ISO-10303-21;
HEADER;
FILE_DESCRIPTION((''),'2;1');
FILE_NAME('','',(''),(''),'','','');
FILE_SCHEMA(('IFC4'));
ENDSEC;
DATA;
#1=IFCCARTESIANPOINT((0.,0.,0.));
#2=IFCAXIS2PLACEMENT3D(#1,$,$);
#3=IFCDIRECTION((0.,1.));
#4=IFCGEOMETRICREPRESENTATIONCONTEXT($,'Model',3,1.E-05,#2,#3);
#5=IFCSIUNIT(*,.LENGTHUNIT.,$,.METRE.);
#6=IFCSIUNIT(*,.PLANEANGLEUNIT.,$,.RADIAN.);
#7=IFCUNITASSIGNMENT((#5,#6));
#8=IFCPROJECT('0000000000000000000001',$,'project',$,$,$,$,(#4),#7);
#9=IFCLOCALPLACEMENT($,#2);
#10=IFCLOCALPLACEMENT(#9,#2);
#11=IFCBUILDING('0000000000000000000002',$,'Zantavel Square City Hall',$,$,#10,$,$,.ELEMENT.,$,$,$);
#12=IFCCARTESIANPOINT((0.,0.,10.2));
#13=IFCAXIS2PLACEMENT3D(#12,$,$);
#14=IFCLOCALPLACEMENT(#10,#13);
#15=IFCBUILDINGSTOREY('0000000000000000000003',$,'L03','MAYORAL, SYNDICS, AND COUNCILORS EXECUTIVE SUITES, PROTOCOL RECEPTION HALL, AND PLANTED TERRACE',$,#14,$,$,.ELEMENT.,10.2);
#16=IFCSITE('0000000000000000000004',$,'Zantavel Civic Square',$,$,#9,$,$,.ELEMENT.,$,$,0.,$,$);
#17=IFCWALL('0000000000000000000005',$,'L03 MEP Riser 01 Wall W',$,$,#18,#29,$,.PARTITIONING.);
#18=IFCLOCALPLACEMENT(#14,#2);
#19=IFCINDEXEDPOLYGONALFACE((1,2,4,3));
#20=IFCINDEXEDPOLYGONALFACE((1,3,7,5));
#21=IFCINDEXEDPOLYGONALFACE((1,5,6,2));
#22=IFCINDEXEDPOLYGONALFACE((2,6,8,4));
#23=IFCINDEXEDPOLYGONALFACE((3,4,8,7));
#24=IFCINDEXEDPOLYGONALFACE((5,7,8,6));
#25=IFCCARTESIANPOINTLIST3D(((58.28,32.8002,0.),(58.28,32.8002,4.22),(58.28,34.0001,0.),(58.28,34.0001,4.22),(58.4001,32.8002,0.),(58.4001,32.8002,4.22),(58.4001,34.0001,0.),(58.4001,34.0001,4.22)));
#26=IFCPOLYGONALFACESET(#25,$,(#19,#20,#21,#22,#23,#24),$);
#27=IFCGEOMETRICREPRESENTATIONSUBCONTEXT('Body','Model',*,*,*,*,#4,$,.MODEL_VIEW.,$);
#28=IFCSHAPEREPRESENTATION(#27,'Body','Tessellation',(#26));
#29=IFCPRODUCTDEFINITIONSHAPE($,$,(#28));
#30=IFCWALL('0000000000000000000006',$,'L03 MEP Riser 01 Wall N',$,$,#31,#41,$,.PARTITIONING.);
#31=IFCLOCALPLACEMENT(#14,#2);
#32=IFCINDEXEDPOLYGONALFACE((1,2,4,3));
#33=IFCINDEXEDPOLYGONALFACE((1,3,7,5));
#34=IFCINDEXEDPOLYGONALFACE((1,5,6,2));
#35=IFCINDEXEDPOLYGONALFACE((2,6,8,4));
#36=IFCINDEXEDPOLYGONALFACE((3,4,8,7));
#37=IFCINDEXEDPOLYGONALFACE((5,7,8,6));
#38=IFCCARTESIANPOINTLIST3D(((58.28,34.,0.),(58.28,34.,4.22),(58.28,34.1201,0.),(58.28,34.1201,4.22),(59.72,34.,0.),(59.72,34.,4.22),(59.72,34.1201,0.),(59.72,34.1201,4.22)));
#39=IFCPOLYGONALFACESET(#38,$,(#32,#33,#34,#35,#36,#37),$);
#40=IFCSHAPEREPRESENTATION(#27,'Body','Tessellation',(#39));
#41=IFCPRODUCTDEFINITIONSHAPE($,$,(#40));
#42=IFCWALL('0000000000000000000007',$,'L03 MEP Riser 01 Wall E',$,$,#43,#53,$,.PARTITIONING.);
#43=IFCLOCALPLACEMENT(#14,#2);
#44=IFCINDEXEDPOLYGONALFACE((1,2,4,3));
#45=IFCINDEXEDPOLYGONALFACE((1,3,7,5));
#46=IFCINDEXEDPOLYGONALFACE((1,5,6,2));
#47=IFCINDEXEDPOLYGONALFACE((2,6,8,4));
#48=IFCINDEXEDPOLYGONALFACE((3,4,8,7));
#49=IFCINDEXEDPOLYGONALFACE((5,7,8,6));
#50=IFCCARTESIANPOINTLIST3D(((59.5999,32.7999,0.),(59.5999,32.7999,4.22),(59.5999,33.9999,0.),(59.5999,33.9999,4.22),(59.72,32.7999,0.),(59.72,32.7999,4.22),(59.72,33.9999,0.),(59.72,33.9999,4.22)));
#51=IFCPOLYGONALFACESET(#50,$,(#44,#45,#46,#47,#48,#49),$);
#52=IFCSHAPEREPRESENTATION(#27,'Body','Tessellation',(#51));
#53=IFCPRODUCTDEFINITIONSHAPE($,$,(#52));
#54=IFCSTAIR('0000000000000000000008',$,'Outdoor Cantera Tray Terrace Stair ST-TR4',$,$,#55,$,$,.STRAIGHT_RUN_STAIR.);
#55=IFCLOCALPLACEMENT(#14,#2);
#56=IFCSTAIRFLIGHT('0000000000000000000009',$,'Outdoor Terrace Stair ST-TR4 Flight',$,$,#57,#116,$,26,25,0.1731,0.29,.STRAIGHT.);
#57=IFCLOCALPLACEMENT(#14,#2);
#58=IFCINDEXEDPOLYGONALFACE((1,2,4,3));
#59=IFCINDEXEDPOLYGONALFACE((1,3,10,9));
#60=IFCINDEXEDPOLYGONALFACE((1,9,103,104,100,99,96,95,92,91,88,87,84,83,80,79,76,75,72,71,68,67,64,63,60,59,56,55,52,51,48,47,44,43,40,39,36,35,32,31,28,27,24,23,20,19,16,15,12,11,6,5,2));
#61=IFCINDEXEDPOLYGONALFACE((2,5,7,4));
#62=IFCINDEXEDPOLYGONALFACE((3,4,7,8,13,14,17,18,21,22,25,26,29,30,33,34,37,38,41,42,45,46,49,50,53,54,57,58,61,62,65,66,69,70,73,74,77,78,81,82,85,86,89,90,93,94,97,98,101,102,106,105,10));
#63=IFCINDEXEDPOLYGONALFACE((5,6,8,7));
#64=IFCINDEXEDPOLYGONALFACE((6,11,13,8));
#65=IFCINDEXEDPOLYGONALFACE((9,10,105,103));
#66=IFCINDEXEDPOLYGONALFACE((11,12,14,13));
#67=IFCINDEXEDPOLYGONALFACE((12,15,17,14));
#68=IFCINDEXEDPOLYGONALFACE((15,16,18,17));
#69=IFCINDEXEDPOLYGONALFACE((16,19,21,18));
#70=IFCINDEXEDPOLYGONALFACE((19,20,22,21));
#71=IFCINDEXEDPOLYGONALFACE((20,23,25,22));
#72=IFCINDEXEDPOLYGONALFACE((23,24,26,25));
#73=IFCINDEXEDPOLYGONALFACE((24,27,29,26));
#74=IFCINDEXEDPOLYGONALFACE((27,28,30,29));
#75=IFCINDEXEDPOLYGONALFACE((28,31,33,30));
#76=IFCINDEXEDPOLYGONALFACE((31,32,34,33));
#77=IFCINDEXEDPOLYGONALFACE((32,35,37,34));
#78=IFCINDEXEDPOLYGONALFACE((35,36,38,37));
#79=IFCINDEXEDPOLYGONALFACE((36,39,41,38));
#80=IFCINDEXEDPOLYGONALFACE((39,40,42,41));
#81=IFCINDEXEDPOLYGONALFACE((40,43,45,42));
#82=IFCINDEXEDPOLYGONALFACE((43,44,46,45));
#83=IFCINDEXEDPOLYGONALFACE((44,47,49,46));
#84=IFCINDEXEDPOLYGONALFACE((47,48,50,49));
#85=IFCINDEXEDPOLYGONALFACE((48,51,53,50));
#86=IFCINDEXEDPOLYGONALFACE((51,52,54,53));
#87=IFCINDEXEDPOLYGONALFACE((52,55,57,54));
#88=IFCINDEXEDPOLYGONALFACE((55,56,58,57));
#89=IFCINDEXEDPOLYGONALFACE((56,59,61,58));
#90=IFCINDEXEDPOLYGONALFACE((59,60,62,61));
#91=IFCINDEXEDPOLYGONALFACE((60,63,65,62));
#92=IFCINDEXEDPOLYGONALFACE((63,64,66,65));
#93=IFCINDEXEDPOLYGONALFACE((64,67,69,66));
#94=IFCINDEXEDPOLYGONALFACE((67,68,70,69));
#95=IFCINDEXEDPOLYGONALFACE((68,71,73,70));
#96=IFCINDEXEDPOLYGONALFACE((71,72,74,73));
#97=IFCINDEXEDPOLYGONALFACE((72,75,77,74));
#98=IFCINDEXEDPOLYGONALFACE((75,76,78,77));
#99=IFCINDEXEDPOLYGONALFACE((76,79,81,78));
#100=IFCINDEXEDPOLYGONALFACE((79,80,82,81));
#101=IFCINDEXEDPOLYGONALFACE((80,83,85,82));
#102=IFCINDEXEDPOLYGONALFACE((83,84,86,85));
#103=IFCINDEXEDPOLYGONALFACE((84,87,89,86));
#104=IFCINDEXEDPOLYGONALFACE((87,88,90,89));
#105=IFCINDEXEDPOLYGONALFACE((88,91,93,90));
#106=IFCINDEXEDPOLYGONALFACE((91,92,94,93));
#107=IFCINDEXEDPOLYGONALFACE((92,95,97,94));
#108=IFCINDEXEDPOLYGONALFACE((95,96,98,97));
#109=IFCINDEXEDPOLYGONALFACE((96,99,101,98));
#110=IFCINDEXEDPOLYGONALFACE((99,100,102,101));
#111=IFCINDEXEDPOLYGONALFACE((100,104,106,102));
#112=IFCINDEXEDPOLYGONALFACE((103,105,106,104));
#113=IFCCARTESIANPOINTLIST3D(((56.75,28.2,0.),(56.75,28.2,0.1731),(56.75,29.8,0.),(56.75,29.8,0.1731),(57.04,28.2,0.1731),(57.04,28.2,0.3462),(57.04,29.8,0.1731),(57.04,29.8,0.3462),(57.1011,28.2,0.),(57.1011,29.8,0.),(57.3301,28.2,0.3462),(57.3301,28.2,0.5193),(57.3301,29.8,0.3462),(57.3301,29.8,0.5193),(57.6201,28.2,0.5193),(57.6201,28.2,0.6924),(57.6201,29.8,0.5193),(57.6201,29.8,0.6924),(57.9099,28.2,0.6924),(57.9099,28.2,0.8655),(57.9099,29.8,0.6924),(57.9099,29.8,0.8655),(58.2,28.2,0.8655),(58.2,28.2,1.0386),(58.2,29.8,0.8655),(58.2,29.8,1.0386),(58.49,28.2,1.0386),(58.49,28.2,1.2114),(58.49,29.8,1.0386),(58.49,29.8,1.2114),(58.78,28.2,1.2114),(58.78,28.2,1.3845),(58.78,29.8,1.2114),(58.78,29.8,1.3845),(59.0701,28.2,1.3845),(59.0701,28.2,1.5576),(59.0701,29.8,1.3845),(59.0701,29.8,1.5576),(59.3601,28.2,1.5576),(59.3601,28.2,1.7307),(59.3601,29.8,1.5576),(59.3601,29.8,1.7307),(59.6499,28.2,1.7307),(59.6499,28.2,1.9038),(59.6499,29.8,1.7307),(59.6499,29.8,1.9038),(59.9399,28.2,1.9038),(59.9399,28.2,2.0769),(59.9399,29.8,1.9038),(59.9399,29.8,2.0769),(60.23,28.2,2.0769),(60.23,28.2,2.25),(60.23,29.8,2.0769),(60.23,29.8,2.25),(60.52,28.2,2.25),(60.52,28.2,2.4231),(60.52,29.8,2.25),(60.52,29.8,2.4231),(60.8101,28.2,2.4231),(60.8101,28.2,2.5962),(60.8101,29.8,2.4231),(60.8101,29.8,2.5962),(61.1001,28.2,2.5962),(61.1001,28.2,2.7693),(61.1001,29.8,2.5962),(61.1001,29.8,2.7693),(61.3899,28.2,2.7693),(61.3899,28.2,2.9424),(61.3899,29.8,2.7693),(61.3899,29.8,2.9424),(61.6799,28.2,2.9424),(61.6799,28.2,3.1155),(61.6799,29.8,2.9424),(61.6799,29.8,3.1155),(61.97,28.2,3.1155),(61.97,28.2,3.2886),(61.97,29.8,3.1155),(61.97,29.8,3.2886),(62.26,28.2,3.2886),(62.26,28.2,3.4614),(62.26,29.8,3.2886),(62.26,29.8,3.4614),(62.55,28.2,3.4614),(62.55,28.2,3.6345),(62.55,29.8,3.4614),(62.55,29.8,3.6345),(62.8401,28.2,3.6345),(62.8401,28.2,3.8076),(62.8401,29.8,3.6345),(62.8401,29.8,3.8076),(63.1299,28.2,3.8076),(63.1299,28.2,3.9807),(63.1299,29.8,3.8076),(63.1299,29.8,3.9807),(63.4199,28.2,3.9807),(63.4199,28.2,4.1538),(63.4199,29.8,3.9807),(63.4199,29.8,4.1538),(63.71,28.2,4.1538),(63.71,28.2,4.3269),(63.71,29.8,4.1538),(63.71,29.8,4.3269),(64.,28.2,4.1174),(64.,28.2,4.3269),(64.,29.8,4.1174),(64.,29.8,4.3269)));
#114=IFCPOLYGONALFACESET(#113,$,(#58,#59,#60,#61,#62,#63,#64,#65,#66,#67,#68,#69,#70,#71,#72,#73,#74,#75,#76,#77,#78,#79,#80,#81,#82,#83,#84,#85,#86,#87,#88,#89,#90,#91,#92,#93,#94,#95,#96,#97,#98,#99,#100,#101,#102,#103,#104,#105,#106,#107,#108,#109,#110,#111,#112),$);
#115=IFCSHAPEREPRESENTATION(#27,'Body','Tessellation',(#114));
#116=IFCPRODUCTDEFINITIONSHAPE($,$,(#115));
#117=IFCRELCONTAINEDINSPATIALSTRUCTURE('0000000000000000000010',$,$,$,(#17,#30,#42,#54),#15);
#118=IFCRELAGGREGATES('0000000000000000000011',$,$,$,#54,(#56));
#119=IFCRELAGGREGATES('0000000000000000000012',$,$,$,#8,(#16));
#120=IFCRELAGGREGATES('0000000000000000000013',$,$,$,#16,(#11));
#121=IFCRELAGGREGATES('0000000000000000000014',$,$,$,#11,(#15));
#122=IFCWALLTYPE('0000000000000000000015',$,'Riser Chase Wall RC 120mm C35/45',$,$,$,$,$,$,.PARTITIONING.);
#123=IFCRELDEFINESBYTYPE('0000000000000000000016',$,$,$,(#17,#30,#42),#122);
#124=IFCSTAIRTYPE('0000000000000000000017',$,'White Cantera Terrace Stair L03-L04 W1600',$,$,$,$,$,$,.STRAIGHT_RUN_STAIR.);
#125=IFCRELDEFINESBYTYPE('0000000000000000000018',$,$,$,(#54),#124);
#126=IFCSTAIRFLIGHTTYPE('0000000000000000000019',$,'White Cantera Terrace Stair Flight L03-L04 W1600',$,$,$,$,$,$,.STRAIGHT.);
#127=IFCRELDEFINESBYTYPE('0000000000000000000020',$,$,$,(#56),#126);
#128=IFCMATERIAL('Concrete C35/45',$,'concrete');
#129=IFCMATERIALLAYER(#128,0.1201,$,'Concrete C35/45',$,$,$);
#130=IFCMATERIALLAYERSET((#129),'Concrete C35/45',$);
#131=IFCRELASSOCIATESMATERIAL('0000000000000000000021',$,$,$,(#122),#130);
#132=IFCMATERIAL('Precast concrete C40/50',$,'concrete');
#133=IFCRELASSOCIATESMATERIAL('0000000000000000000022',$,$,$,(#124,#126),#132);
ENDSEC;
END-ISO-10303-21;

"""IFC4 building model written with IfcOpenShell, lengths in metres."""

from ifc_helpers import new_model, si_unit, direction, frame, frame_2d, origin, place, context, subcontext, project, spatial, polyline, rectangle, outline, extrude, material, layer, layer_set, type_object, element, aggregate, save


model = new_model("IFC4")

# Units and contexts
model_context = context("Model", 3, precision=1e-05, world=origin(), true_north=direction((0.0, 1.0)))
body_context = subcontext(model_context, "Body", "Model", "MODEL_VIEW")
ifc_project = project(units=[si_unit("LENGTHUNIT", "METRE"), si_unit("PLANEANGLEUNIT", "RADIAN")], contexts=[model_context])

# Site, building, storey
site_placement = place(None, origin())
site = spatial("IfcSite", under=ifc_project, at=site_placement, Name="Zantavel Civic Square", CompositionType="ELEMENT", RefElevation=0.0)
building_placement = place(site_placement, origin())
building = spatial("IfcBuilding", under=site, at=building_placement, Name="Zantavel Square City Hall", CompositionType="ELEMENT")
storey_placement = place(building_placement, frame((0.0, 0.0, 10.2)))
storey = spatial("IfcBuildingStorey", under=building, at=storey_placement, Name="L03", Description="MAYORAL, SYNDICS, AND COUNCILORS EXECUTIVE SUITES, PROTOCOL RECEPTION HALL, AND PLANTED TERRACE", CompositionType="ELEMENT", Elevation=10.2)

# Shared definitions
ifc_material_1 = material(Name="Concrete C35/45", Category="concrete")

# Walls
ifc_layer_1 = layer(ifc_material_1, 0.1201, Name="Concrete C35/45")
ifc_layer_set_1 = layer_set([ifc_layer_1], Name="Concrete C35/45")
wall_type_1 = type_object("IfcWallType", Name="Riser Chase Wall RC 120mm C35/45", PredefinedType="PARTITIONING", material=ifc_layer_set_1)
wall_1_placement = place(storey_placement, frame((58.3401, 32.8, 0.0), z_axis=(0.0, 0.0, 1.0), x_axis=(0.0, 1.0, 0.0)))
element("IfcWall", 1, at=wall_1_placement, inside=storey, type_object=wall_type_1, Name="L03 MEP Riser 01 Wall W", PredefinedType="PARTITIONING", context=body_context, shape_type="SweptSolid", body=[
    extrude(rectangle(XDim=1.2, YDim=0.1201, at=frame_2d((0.6001, 0.0))), origin(), (0.0, 0.0, 1.0), 4.22),
])
wall_2_placement = place(storey_placement, frame((58.28, 34.0601, 0.0), z_axis=(0.0, 0.0, 1.0), x_axis=(1.0, 0.0, 0.0)))
element("IfcWall", 2, at=wall_2_placement, inside=storey, type_object=wall_type_1, Name="L03 MEP Riser 01 Wall N", PredefinedType="PARTITIONING", context=body_context, shape_type="SweptSolid", body=[
    extrude(rectangle(XDim=1.4399, YDim=0.1201, at=frame_2d((0.72, 0.0))), origin(), (0.0, 0.0, 1.0), 4.22),
])
wall_3_placement = place(storey_placement, frame((59.6599, 34.0, 0.0), z_axis=(0.0, 0.0, 1.0), x_axis=(0.0, -1.0, 0.0)))
element("IfcWall", 3, at=wall_3_placement, inside=storey, type_object=wall_type_1, Name="L03 MEP Riser 01 Wall E", PredefinedType="PARTITIONING", context=body_context, shape_type="SweptSolid", body=[
    extrude(rectangle(XDim=1.2, YDim=0.1201, at=frame_2d((0.6001, 0.0))), origin(), (0.0, 0.0, 1.0), 4.22),
])

# Stair, stair flight
ifc_material_2 = material(Name="Precast concrete C40/50", Category="concrete")
stair_type = type_object("IfcStairType", Name="White Cantera Terrace Stair L03-L04 W1600", PredefinedType="STRAIGHT_RUN_STAIR", material=ifc_material_2)
stair_placement = place(storey_placement, origin())
stair = element("IfcStair", 4, at=stair_placement, inside=storey, type_object=stair_type, Name="Outdoor Cantera Tray Terrace Stair ST-TR4", PredefinedType="STRAIGHT_RUN_STAIR")
stair_flight_type = type_object("IfcStairFlightType", Name="White Cantera Terrace Stair Flight L03-L04 W1600", PredefinedType="STRAIGHT", material=ifc_material_2)
stair_flight_placement = place(storey_placement, frame((56.75, 29.0, 0.0), z_axis=(0.0, 0.0, 1.0), x_axis=(1.0, 0.0, 0.0)))
stair_flight = element("IfcStairFlight", 5, at=stair_flight_placement, type_object=stair_flight_type, Name="Outdoor Terrace Stair ST-TR4 Flight", NumberOfRisers=26, NumberOfTreads=25, PredefinedType="STRAIGHT", RiserHeight=0.1731, TreadLength=0.29, context=body_context, shape_type="SweptSolid", body=[
    extrude(outline(polyline([(0.0, 0.0), (0.0, 0.1731), (0.29, 0.1731), (0.29, 0.3462), (0.5801, 0.3462), (0.5801, 0.5193), (0.8701, 0.5193), (0.8701, 0.6924), (1.1599, 0.6924), (1.1599, 0.8655), (1.45, 0.8655), (1.45, 1.0386), (1.74, 1.0386), (1.74, 1.2114), (2.03, 1.2114), (2.03, 1.3845), (2.3201, 1.3845), (2.3201, 1.5576), (2.6101, 1.5576), (2.6101, 1.7307), (2.8999, 1.7307), (2.8999, 1.9038), (3.1899, 1.9038), (3.1899, 2.0769), (3.48, 2.0769), (3.48, 2.25), (3.77, 2.25), (3.77, 2.4231), (4.0601, 2.4231), (4.0601, 2.5962), (4.3501, 2.5962), (4.3501, 2.7693), (4.6399, 2.7693), (4.6399, 2.9424), (4.9299, 2.9424), (4.9299, 3.1155), (5.22, 3.1155), (5.22, 3.2886), (5.51, 3.2886), (5.51, 3.4614), (5.8, 3.4614), (5.8, 3.6345), (6.0901, 3.6345), (6.0901, 3.8076), (6.3799, 3.8076), (6.3799, 3.9807), (6.6699, 3.9807), (6.6699, 4.1538), (6.96, 4.1538), (6.96, 4.3269), (7.25, 4.3269), (7.25, 4.5), (7.25, 4.1174), (0.3511, 0.0), (0.0, 0.0)])), frame((0.0, 0.8, 0.0), z_axis=(0.0, -1.0, 0.0), x_axis=(1.0, 0.0, 0.0)), (0.0, 0.0, 1.0), 1.6001),
])
aggregate(stair, [stair_flight])

save(model, "model.ifc")
